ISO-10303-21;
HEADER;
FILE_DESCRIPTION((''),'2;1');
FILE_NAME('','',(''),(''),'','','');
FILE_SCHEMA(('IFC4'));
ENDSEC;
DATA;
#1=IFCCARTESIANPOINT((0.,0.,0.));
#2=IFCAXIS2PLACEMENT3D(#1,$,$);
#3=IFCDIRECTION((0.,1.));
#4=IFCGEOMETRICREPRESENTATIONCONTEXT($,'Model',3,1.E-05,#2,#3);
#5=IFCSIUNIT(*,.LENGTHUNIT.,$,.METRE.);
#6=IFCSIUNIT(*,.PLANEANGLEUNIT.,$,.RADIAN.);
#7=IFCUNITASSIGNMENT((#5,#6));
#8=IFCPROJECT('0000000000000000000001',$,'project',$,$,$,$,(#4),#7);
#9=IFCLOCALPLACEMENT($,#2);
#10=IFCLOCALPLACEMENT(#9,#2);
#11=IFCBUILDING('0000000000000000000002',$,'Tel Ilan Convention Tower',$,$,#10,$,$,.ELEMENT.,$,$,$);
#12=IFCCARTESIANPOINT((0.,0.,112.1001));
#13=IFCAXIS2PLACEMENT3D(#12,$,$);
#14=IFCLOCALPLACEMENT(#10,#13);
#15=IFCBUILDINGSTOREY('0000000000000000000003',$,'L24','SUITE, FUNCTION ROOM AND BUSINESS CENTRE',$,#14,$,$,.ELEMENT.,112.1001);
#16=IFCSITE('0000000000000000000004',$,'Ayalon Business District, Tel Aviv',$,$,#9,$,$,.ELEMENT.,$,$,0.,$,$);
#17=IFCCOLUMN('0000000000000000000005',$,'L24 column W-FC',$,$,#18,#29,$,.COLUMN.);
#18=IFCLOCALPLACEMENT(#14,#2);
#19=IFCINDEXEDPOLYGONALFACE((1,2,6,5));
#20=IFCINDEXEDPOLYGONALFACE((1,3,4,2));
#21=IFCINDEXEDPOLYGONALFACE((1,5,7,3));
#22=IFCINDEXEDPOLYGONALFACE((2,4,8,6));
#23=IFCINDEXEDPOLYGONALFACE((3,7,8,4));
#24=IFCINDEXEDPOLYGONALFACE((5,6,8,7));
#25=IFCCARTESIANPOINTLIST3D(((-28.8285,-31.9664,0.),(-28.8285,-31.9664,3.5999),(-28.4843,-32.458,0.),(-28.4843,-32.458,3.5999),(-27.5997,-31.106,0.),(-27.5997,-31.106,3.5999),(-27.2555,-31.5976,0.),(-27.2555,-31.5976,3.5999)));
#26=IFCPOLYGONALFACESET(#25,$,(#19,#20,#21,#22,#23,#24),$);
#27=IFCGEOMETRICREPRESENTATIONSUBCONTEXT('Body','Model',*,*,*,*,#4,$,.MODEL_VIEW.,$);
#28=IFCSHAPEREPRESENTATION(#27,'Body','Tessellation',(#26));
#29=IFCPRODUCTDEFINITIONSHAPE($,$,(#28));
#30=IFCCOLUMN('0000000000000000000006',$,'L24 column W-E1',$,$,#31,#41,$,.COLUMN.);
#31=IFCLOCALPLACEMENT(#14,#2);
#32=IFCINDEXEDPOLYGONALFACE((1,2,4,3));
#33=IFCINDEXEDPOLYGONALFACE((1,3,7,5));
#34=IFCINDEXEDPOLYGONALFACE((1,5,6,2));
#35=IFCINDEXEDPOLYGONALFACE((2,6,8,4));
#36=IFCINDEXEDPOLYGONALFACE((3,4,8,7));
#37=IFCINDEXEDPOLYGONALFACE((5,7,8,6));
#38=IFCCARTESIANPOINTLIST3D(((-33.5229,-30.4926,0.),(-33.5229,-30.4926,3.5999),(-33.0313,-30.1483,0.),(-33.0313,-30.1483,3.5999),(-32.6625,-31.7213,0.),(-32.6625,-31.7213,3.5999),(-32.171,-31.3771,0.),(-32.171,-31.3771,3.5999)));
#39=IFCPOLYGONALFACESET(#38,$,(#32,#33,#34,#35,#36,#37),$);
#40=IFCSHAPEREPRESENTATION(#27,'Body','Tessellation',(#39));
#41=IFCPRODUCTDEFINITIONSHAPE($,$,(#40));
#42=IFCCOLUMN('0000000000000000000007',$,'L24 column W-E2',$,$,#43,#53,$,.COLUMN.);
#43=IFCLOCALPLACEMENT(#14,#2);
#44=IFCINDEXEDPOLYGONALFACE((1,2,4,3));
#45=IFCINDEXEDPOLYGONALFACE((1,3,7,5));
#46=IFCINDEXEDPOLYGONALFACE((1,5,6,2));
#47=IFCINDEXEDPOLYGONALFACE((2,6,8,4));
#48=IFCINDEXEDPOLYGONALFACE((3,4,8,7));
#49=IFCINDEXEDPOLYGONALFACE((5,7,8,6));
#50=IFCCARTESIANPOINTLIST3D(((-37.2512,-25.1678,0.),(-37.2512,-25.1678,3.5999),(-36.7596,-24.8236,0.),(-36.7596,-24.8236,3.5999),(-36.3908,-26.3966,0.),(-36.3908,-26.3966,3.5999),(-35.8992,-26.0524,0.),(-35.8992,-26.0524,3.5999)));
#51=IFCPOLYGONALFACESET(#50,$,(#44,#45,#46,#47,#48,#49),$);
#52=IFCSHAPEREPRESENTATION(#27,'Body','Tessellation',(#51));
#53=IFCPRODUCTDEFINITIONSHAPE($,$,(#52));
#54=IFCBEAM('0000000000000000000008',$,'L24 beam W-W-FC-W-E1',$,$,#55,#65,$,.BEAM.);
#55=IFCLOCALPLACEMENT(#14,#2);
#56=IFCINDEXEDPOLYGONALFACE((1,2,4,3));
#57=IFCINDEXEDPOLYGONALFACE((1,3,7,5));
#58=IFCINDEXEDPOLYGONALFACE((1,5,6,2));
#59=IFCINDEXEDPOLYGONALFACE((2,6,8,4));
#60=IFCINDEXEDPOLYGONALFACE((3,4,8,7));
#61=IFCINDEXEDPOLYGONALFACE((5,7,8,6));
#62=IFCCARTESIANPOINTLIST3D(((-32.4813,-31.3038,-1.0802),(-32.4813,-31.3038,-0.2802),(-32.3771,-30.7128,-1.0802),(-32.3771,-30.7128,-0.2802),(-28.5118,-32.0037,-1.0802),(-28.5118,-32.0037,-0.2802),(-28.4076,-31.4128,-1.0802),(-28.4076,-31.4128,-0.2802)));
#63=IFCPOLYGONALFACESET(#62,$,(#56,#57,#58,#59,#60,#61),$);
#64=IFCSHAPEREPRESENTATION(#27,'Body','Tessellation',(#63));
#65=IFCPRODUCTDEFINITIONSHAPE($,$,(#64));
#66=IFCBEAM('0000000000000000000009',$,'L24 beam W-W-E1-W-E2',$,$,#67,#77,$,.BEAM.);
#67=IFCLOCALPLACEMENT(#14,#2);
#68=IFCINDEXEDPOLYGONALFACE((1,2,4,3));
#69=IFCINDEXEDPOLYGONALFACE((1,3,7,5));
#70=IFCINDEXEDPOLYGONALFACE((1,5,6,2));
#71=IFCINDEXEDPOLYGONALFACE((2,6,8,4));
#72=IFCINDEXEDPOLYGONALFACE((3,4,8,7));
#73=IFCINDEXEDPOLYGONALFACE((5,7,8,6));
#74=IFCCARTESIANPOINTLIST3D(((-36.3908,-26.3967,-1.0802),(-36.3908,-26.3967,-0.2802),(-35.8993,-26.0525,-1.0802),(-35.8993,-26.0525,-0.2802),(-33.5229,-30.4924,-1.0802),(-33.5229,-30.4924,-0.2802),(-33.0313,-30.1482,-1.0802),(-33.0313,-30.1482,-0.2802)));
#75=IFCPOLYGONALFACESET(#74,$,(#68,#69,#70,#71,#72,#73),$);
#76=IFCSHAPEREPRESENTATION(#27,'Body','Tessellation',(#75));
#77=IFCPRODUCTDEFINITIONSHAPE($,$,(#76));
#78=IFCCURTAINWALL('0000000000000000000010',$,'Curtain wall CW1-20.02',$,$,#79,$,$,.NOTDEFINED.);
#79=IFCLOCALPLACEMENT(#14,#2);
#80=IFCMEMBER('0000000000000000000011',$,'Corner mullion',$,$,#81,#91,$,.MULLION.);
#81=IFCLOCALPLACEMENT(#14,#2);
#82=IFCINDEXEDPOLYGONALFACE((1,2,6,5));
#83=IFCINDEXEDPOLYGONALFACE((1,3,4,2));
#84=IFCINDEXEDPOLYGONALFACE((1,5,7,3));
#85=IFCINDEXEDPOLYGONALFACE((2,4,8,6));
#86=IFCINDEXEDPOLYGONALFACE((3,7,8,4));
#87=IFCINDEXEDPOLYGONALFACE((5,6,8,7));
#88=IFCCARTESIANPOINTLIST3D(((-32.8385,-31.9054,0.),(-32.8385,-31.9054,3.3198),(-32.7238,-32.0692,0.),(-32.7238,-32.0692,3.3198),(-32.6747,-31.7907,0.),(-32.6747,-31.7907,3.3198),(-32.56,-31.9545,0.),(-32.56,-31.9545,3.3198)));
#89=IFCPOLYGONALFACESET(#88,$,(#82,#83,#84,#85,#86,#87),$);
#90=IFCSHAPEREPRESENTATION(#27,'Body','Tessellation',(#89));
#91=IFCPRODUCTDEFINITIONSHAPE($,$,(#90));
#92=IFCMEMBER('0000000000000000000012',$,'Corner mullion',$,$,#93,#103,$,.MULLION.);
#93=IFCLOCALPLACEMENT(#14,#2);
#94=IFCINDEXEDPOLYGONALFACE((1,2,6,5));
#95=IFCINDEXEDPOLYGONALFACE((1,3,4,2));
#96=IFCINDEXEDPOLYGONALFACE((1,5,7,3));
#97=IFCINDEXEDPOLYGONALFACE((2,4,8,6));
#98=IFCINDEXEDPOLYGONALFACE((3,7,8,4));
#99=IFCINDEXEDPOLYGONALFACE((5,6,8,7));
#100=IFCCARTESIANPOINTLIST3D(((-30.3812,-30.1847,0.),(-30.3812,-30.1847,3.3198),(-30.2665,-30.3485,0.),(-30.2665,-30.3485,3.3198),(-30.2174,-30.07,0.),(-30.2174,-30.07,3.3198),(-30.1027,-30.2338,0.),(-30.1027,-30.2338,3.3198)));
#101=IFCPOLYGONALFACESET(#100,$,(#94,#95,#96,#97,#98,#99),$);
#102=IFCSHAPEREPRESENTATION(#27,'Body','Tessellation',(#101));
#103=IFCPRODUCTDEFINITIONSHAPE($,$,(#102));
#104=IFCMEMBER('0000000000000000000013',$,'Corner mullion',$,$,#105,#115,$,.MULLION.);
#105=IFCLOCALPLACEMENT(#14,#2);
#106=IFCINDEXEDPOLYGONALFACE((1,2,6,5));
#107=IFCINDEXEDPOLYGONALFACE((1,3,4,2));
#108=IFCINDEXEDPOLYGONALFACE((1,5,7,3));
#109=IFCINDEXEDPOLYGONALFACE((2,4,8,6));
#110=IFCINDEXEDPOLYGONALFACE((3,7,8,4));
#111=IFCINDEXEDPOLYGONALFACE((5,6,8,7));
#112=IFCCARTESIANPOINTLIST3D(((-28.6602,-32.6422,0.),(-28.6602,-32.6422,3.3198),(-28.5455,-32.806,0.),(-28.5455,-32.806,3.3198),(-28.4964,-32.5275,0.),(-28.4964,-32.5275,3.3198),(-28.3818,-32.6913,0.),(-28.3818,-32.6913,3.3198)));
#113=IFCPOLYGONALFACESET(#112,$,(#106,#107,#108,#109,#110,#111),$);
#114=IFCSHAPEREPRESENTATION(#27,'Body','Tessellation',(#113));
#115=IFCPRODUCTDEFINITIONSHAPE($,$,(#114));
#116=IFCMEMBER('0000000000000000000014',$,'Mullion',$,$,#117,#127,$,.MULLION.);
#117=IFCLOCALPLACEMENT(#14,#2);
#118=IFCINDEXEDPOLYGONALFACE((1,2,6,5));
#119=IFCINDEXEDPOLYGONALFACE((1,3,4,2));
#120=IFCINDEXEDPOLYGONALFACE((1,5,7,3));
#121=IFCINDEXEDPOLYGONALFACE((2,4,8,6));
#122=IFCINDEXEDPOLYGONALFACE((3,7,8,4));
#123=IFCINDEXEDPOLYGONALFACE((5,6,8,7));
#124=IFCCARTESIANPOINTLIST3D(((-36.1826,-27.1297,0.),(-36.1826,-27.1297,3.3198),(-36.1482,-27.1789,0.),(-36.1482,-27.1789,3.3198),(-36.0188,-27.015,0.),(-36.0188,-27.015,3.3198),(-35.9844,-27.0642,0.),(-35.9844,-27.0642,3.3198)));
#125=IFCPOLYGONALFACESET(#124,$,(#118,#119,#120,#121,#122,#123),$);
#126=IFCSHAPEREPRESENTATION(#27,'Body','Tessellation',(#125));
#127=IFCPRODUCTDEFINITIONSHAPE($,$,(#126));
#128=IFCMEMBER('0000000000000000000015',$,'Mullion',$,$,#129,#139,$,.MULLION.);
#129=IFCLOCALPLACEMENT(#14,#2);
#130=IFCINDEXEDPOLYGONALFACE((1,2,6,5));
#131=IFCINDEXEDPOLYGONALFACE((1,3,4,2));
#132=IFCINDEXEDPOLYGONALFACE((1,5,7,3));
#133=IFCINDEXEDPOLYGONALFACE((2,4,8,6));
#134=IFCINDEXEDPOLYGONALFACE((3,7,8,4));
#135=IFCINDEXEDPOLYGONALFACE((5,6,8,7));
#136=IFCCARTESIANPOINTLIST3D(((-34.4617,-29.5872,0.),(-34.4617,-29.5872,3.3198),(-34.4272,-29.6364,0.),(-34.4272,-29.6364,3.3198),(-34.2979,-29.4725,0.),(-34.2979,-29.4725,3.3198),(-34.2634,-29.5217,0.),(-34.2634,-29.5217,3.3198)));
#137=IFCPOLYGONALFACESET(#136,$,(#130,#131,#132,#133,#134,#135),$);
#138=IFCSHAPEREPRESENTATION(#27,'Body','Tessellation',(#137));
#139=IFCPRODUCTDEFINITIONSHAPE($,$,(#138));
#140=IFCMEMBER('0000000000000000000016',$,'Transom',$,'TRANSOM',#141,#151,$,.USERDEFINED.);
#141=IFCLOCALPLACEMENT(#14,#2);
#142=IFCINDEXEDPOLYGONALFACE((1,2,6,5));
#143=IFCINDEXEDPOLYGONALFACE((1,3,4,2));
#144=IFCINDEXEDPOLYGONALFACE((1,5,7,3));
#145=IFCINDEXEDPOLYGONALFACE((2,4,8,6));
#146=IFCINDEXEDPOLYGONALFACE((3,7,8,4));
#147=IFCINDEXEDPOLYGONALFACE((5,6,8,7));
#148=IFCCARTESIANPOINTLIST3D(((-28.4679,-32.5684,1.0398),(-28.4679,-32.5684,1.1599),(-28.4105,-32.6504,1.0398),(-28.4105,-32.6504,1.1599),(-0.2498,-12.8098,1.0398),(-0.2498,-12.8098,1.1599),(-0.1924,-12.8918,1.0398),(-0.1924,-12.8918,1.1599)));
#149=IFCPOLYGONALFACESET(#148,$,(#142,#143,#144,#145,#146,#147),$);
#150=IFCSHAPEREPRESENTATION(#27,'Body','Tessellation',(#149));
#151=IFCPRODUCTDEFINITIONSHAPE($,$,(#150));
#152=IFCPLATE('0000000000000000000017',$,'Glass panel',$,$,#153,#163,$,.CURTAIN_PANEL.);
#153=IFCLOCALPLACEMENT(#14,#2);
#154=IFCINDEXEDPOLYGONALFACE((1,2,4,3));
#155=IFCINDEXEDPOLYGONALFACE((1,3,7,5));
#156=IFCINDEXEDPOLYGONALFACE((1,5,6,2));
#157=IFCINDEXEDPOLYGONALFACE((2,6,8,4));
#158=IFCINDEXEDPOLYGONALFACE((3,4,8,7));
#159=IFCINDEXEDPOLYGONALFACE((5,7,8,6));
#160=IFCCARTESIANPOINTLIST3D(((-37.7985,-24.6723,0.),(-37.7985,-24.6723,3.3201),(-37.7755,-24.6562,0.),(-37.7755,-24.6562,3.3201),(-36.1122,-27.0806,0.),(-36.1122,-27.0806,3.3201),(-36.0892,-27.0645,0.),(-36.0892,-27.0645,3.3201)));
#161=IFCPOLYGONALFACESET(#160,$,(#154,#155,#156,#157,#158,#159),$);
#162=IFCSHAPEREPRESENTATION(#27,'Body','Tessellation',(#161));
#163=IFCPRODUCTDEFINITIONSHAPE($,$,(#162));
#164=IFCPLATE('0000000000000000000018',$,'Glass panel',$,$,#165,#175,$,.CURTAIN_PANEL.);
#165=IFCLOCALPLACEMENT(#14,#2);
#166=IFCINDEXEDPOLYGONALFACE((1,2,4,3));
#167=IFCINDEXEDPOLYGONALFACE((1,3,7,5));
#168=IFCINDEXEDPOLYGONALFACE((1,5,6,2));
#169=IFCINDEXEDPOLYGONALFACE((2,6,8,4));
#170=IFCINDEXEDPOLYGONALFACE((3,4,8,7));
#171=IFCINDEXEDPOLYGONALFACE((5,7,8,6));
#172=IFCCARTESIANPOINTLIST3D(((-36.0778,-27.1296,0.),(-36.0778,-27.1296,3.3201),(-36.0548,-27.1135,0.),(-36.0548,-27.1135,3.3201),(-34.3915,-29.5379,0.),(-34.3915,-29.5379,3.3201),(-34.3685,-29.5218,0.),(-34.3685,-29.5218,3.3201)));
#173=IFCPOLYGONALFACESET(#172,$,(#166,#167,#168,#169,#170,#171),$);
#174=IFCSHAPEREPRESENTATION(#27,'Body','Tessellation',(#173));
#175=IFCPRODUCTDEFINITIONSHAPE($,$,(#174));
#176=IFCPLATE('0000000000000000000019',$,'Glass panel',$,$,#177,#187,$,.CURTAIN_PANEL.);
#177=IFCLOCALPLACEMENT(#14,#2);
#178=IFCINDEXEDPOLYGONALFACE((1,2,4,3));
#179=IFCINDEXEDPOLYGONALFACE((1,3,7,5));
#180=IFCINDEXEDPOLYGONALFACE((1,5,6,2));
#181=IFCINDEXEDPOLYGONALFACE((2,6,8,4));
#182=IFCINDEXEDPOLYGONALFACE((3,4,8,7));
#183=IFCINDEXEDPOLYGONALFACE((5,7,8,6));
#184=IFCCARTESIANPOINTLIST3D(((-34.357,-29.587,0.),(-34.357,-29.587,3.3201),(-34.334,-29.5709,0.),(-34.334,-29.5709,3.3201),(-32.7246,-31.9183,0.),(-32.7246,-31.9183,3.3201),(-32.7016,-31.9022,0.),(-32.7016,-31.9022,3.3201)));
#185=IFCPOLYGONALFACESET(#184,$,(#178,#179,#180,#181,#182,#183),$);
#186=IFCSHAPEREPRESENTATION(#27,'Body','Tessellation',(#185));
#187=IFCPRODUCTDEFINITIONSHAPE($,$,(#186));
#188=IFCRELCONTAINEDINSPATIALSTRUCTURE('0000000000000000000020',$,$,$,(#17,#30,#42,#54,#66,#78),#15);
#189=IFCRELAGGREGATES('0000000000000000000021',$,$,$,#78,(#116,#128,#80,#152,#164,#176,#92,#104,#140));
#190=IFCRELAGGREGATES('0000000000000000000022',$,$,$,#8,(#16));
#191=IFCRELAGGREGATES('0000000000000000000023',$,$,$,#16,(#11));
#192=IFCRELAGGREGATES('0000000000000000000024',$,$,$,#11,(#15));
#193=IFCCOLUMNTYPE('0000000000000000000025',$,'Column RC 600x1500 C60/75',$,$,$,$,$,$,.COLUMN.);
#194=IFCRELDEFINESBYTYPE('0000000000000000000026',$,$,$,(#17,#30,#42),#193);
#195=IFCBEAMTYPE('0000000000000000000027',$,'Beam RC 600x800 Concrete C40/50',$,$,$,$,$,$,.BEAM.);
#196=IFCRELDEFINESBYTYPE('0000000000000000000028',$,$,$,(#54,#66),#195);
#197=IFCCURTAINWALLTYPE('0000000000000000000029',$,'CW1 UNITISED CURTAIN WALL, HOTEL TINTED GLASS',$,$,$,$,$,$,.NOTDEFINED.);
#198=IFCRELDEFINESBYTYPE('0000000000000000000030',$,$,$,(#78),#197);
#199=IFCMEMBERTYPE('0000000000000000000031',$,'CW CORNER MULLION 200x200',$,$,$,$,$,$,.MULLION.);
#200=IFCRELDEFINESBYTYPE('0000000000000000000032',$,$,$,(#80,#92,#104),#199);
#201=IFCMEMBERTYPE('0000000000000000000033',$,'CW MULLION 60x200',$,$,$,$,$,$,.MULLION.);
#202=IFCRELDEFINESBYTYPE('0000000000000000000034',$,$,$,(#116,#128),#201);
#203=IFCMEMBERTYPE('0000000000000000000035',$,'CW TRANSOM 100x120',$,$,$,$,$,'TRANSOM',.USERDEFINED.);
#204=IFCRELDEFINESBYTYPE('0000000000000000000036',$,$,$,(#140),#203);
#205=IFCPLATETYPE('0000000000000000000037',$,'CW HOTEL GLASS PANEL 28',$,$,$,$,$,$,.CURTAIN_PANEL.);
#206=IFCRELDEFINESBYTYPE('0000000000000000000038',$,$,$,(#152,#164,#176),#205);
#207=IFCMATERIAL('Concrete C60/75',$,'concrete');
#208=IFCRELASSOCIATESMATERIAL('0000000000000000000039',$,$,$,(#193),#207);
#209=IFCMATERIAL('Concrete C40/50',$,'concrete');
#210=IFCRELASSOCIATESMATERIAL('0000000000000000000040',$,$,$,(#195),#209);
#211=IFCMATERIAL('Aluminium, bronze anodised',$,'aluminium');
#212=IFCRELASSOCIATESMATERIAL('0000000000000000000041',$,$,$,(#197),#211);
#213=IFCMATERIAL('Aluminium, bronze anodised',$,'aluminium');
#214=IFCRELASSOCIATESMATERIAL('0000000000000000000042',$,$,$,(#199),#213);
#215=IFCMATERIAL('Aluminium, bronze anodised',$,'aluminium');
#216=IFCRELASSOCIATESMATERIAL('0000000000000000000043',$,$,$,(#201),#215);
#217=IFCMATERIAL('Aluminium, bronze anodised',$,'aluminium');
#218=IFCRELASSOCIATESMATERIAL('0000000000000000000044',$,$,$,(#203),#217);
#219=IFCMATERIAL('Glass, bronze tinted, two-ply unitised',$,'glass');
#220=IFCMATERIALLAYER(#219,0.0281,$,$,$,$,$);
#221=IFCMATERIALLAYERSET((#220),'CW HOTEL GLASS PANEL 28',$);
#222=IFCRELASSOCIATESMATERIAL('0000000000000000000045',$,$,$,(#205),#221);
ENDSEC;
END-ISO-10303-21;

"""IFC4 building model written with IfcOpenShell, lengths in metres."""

from ifc_helpers import new_model, si_unit, direction, frame, origin, origin_2d, place, context, subcontext, project, spatial, rectangle, extrude, material, layer, layer_set, material_profile, profile_set, type_object, element, aggregate, save


model = new_model("IFC4")

# Units and contexts
model_context = context("Model", 3, precision=1e-05, world=origin(), true_north=direction((0.0, 1.0)))
body_context = subcontext(model_context, "Body", "Model", "MODEL_VIEW")
ifc_project = project(units=[si_unit("LENGTHUNIT", "METRE"), si_unit("PLANEANGLEUNIT", "RADIAN")], contexts=[model_context])

# Site, building, storey
site_placement = place(None, origin())
site = spatial("IfcSite", under=ifc_project, at=site_placement, Name="Ayalon Business District, Tel Aviv", CompositionType="ELEMENT", RefElevation=0.0)
building_placement = place(site_placement, origin())
building = spatial("IfcBuilding", under=site, at=building_placement, Name="Tel Ilan Convention Tower", CompositionType="ELEMENT")
storey_placement = place(building_placement, frame((0.0, 0.0, 112.1001)))
storey = spatial("IfcBuildingStorey", under=building, at=storey_placement, Name="L24", Description="SUITE, FUNCTION ROOM AND BUSINESS CENTRE", CompositionType="ELEMENT", Elevation=112.1001)

# Columns
ifc_material_1 = material(Name="Concrete C60/75", Category="concrete")
ifc_material_profile_1 = material_profile(ifc_material_1, rectangle(XDim=1.5, YDim=0.6001, at=origin_2d()), Name="RC 600x1500")
ifc_profile_set_1 = profile_set([ifc_material_profile_1], Name="Concrete C60/75")
column_type = type_object("IfcColumnType", Name="Column RC 600x1500 C60/75", PredefinedType="COLUMN", material=ifc_profile_set_1)
for number, where, z_axis, x_axis, name in (
    (1, (-28.042, -31.782, 0.0), (0.0, 0.0, 1.0), (-0.819152, -0.573576, 0.0), "L24 column W-FC"),
    (2, (-32.8469, -30.9348, 0.0), (0.0, 0.0, 1.0), (-0.573576, 0.819152, 0.0), "L24 column W-E1"),
    (3, (-36.5752, -25.6101, 0.0), (0.0, 0.0, 1.0), (-0.573576, 0.819152, 0.0), "L24 column W-E2"),
):
    element("IfcColumn", number, at=place(storey_placement, frame(where, z_axis=z_axis, x_axis=x_axis)), inside=storey, type_object=column_type, Name=name, PredefinedType="COLUMN", context=body_context, shape_type="SweptSolid", body=[
        extrude(rectangle(XDim=1.5, YDim=0.6001, at=origin_2d()), origin(), (0.0, 0.0, 1.0), 3.5999),
    ])

# Beams
ifc_material_2 = material(Name="Concrete C40/50", Category="concrete")
ifc_material_profile_2 = material_profile(ifc_material_2, rectangle(XDim=0.6001, YDim=0.8, at=origin_2d()), Name="RC 600x800")
ifc_profile_set_2 = profile_set([ifc_material_profile_2], Name="Concrete C40/50")
beam_type = type_object("IfcBeamType", Name="Beam RC 600x800 Concrete C40/50", PredefinedType="BEAM", material=ifc_profile_set_2)
beam_1_placement = place(storey_placement, frame((-28.4597, -31.7083, -0.6802), z_axis=(-0.984807, 0.173654, 0.0), x_axis=(-0.173654, -0.984807, 0.0)))
element("IfcBeam", 4, at=beam_1_placement, inside=storey, type_object=beam_type, Name="L24 beam W-W-FC-W-E1", PredefinedType="BEAM", context=body_context, shape_type="SweptSolid", body=[
    extrude(rectangle(XDim=0.6001, YDim=0.8, at=origin_2d()), origin(), (0.0, 0.0, 1.0), 4.0308),
])
beam_2_placement = place(storey_placement, frame((-33.2771, -30.3203, -0.6802), z_axis=(-0.573587, 0.819145, 0.0), x_axis=(-0.819145, -0.573587, 0.0)))
element("IfcBeam", 5, at=beam_2_placement, inside=storey, type_object=beam_type, Name="L24 beam W-W-E1-W-E2", PredefinedType="BEAM", context=body_context, shape_type="SweptSolid", body=[
    extrude(rectangle(XDim=0.6001, YDim=0.8, at=origin_2d()), origin(), (0.0, 0.0, 1.0), 5.0),
])

# Curtain wall, members, plates
ifc_material_3 = material(Name="Aluminium, bronze anodised", Category="aluminium")
curtain_wall_type = type_object("IfcCurtainWallType", Name="CW1 UNITISED CURTAIN WALL, HOTEL TINTED GLASS", PredefinedType="NOTDEFINED", material=ifc_material_3)
curtain_wall_placement = place(storey_placement, origin())
curtain_wall = element("IfcCurtainWall", 6, at=curtain_wall_placement, inside=storey, type_object=curtain_wall_type, Name="Curtain wall CW1-20.02", PredefinedType="NOTDEFINED")
ifc_material_4 = material(Name="Aluminium, bronze anodised", Category="aluminium")
ifc_material_profile_3 = material_profile(ifc_material_4, rectangle(XDim=0.2, YDim=0.2, at=origin_2d()), Name="CW CORNER MULLION 200x200")
ifc_profile_set_3 = profile_set([ifc_material_profile_3], Name="Aluminium, bronze anodised")
member_type_1 = type_object("IfcMemberType", Name="CW CORNER MULLION 200x200", PredefinedType="MULLION", material=ifc_profile_set_3)
member_1_placement = place(storey_placement, frame((-32.6992, -31.9299, 0.0), z_axis=(0.0, 0.0, 1.0), x_axis=(0.573576, -0.819152, 0.0)))
member_1 = element("IfcMember", 7, at=member_1_placement, type_object=member_type_1, Name="Corner mullion", PredefinedType="MULLION", context=body_context, shape_type="SweptSolid", body=[
    extrude(rectangle(XDim=0.2, YDim=0.2, at=origin_2d()), origin(), (0.0, 0.0, 1.0), 3.3198),
])
member_2_placement = place(storey_placement, frame((-30.2419, -30.2092, 0.0), z_axis=(0.0, 0.0, 1.0), x_axis=(0.819152, 0.573576, 0.0)))
member_2 = element("IfcMember", 8, at=member_2_placement, type_object=member_type_1, Name="Corner mullion", PredefinedType="MULLION", context=body_context, shape_type="SweptSolid", body=[
    extrude(rectangle(XDim=0.2, YDim=0.2, at=origin_2d()), origin(), (0.0, 0.0, 1.0), 3.3198),
])
member_3_placement = place(storey_placement, frame((-28.521, -32.6667, 0.0), z_axis=(0.0, 0.0, 1.0), x_axis=(0.573576, -0.819152, 0.0)))
member_3 = element("IfcMember", 9, at=member_3_placement, type_object=member_type_1, Name="Corner mullion", PredefinedType="MULLION", context=body_context, shape_type="SweptSolid", body=[
    extrude(rectangle(XDim=0.2, YDim=0.2, at=origin_2d()), origin(), (0.0, 0.0, 1.0), 3.3198),
])
ifc_material_5 = material(Name="Aluminium, bronze anodised", Category="aluminium")
ifc_material_profile_4 = material_profile(ifc_material_5, rectangle(XDim=0.0601, YDim=0.2, at=origin_2d()), Name="CW MULLION 60x200")
ifc_profile_set_4 = profile_set([ifc_material_profile_4], Name="Aluminium, bronze anodised")
member_type_2 = type_object("IfcMemberType", Name="CW MULLION 60x200", PredefinedType="MULLION", material=ifc_profile_set_4)
member_4_placement = place(storey_placement, frame((-36.0835, -27.0969, 0.0), z_axis=(0.0, 0.0, 1.0), x_axis=(0.573576, -0.819152, 0.0)))
member_4 = element("IfcMember", 10, at=member_4_placement, type_object=member_type_2, Name="Mullion", PredefinedType="MULLION", context=body_context, shape_type="SweptSolid", body=[
    extrude(rectangle(XDim=0.0601, YDim=0.2, at=origin_2d()), origin(), (0.0, 0.0, 1.0), 3.3198),
])
member_5_placement = place(storey_placement, frame((-34.3625, -29.5544, 0.0), z_axis=(0.0, 0.0, 1.0), x_axis=(0.573576, -0.819152, 0.0)))
member_5 = element("IfcMember", 11, at=member_5_placement, type_object=member_type_2, Name="Mullion", PredefinedType="MULLION", context=body_context, shape_type="SweptSolid", body=[
    extrude(rectangle(XDim=0.0601, YDim=0.2, at=origin_2d()), origin(), (0.0, 0.0, 1.0), 3.3198),
])
ifc_material_6 = material(Name="Aluminium, bronze anodised", Category="aluminium")
ifc_material_profile_5 = material_profile(ifc_material_6, rectangle(XDim=0.1001, YDim=0.1201, at=origin_2d()), Name="CW TRANSOM 100x120")
ifc_profile_set_5 = profile_set([ifc_material_profile_5], Name="Aluminium, bronze anodised")
member_type_3 = type_object("IfcMemberType", Name="CW TRANSOM 100x120", ElementType="TRANSOM", PredefinedType="USERDEFINED", material=ifc_profile_set_5)
member_6_placement = place(storey_placement, frame((-28.4392, -32.6094, 1.0999), z_axis=(0.819151, 0.573578, 0.0), x_axis=(-0.573578, 0.819151, 0.0)))
member_6 = element("IfcMember", 12, at=member_6_placement, type_object=member_type_3, Name="Transom", ObjectType="TRANSOM", PredefinedType="USERDEFINED", context=body_context, shape_type="SweptSolid", body=[
    extrude(rectangle(XDim=0.1001, YDim=0.1201, at=origin_2d()), origin(), (0.0, 0.0, 1.0), 34.448),
])
ifc_material_7 = material(Name="Glass, bronze tinted, two-ply unitised", Category="glass")
ifc_layer_1 = layer(ifc_material_7, 0.0281)
ifc_layer_set_1 = layer_set([ifc_layer_1], Name="CW HOTEL GLASS PANEL 28")
plate_type = type_object("IfcPlateType", Name="CW HOTEL GLASS PANEL 28", PredefinedType="CURTAIN_PANEL", material=ifc_layer_set_1)
plate_1_placement = place(storey_placement, frame((-36.9438, -25.8684, 0.0), z_axis=(0.0, 0.0, 1.0), x_axis=(0.573576, -0.819152, 0.0)))
plate_1 = element("IfcPlate", 13, at=plate_1_placement, type_object=plate_type, Name="Glass panel", PredefinedType="CURTAIN_PANEL", context=body_context, shape_type="SweptSolid", body=[
    extrude(rectangle(XDim=2.9399, YDim=0.0281, at=origin_2d()), origin(), (0.0, 0.0, 1.0), 3.3201),
])
plate_2_placement = place(storey_placement, frame((-35.2231, -28.3257, 0.0), z_axis=(0.0, 0.0, 1.0), x_axis=(0.573576, -0.819152, 0.0)))
plate_2 = element("IfcPlate", 14, at=plate_2_placement, type_object=plate_type, Name="Glass panel", PredefinedType="CURTAIN_PANEL", context=body_context, shape_type="SweptSolid", body=[
    extrude(rectangle(XDim=2.9399, YDim=0.0281, at=origin_2d()), origin(), (0.0, 0.0, 1.0), 3.3201),
])
plate_3_placement = place(storey_placement, frame((-33.5293, -30.7446, 0.0), z_axis=(0.0, 0.0, 1.0), x_axis=(0.573576, -0.819152, 0.0)))
plate_3 = element("IfcPlate", 15, at=plate_3_placement, type_object=plate_type, Name="Glass panel", PredefinedType="CURTAIN_PANEL", context=body_context, shape_type="SweptSolid", body=[
    extrude(rectangle(XDim=2.8459, YDim=0.0281, at=origin_2d()), origin(), (0.0, 0.0, 1.0), 3.3201),
])
aggregate(curtain_wall, [member_4, member_5, member_1, plate_1, plate_2, plate_3, member_2, member_3, member_6])

save(model, "model.ifc")
